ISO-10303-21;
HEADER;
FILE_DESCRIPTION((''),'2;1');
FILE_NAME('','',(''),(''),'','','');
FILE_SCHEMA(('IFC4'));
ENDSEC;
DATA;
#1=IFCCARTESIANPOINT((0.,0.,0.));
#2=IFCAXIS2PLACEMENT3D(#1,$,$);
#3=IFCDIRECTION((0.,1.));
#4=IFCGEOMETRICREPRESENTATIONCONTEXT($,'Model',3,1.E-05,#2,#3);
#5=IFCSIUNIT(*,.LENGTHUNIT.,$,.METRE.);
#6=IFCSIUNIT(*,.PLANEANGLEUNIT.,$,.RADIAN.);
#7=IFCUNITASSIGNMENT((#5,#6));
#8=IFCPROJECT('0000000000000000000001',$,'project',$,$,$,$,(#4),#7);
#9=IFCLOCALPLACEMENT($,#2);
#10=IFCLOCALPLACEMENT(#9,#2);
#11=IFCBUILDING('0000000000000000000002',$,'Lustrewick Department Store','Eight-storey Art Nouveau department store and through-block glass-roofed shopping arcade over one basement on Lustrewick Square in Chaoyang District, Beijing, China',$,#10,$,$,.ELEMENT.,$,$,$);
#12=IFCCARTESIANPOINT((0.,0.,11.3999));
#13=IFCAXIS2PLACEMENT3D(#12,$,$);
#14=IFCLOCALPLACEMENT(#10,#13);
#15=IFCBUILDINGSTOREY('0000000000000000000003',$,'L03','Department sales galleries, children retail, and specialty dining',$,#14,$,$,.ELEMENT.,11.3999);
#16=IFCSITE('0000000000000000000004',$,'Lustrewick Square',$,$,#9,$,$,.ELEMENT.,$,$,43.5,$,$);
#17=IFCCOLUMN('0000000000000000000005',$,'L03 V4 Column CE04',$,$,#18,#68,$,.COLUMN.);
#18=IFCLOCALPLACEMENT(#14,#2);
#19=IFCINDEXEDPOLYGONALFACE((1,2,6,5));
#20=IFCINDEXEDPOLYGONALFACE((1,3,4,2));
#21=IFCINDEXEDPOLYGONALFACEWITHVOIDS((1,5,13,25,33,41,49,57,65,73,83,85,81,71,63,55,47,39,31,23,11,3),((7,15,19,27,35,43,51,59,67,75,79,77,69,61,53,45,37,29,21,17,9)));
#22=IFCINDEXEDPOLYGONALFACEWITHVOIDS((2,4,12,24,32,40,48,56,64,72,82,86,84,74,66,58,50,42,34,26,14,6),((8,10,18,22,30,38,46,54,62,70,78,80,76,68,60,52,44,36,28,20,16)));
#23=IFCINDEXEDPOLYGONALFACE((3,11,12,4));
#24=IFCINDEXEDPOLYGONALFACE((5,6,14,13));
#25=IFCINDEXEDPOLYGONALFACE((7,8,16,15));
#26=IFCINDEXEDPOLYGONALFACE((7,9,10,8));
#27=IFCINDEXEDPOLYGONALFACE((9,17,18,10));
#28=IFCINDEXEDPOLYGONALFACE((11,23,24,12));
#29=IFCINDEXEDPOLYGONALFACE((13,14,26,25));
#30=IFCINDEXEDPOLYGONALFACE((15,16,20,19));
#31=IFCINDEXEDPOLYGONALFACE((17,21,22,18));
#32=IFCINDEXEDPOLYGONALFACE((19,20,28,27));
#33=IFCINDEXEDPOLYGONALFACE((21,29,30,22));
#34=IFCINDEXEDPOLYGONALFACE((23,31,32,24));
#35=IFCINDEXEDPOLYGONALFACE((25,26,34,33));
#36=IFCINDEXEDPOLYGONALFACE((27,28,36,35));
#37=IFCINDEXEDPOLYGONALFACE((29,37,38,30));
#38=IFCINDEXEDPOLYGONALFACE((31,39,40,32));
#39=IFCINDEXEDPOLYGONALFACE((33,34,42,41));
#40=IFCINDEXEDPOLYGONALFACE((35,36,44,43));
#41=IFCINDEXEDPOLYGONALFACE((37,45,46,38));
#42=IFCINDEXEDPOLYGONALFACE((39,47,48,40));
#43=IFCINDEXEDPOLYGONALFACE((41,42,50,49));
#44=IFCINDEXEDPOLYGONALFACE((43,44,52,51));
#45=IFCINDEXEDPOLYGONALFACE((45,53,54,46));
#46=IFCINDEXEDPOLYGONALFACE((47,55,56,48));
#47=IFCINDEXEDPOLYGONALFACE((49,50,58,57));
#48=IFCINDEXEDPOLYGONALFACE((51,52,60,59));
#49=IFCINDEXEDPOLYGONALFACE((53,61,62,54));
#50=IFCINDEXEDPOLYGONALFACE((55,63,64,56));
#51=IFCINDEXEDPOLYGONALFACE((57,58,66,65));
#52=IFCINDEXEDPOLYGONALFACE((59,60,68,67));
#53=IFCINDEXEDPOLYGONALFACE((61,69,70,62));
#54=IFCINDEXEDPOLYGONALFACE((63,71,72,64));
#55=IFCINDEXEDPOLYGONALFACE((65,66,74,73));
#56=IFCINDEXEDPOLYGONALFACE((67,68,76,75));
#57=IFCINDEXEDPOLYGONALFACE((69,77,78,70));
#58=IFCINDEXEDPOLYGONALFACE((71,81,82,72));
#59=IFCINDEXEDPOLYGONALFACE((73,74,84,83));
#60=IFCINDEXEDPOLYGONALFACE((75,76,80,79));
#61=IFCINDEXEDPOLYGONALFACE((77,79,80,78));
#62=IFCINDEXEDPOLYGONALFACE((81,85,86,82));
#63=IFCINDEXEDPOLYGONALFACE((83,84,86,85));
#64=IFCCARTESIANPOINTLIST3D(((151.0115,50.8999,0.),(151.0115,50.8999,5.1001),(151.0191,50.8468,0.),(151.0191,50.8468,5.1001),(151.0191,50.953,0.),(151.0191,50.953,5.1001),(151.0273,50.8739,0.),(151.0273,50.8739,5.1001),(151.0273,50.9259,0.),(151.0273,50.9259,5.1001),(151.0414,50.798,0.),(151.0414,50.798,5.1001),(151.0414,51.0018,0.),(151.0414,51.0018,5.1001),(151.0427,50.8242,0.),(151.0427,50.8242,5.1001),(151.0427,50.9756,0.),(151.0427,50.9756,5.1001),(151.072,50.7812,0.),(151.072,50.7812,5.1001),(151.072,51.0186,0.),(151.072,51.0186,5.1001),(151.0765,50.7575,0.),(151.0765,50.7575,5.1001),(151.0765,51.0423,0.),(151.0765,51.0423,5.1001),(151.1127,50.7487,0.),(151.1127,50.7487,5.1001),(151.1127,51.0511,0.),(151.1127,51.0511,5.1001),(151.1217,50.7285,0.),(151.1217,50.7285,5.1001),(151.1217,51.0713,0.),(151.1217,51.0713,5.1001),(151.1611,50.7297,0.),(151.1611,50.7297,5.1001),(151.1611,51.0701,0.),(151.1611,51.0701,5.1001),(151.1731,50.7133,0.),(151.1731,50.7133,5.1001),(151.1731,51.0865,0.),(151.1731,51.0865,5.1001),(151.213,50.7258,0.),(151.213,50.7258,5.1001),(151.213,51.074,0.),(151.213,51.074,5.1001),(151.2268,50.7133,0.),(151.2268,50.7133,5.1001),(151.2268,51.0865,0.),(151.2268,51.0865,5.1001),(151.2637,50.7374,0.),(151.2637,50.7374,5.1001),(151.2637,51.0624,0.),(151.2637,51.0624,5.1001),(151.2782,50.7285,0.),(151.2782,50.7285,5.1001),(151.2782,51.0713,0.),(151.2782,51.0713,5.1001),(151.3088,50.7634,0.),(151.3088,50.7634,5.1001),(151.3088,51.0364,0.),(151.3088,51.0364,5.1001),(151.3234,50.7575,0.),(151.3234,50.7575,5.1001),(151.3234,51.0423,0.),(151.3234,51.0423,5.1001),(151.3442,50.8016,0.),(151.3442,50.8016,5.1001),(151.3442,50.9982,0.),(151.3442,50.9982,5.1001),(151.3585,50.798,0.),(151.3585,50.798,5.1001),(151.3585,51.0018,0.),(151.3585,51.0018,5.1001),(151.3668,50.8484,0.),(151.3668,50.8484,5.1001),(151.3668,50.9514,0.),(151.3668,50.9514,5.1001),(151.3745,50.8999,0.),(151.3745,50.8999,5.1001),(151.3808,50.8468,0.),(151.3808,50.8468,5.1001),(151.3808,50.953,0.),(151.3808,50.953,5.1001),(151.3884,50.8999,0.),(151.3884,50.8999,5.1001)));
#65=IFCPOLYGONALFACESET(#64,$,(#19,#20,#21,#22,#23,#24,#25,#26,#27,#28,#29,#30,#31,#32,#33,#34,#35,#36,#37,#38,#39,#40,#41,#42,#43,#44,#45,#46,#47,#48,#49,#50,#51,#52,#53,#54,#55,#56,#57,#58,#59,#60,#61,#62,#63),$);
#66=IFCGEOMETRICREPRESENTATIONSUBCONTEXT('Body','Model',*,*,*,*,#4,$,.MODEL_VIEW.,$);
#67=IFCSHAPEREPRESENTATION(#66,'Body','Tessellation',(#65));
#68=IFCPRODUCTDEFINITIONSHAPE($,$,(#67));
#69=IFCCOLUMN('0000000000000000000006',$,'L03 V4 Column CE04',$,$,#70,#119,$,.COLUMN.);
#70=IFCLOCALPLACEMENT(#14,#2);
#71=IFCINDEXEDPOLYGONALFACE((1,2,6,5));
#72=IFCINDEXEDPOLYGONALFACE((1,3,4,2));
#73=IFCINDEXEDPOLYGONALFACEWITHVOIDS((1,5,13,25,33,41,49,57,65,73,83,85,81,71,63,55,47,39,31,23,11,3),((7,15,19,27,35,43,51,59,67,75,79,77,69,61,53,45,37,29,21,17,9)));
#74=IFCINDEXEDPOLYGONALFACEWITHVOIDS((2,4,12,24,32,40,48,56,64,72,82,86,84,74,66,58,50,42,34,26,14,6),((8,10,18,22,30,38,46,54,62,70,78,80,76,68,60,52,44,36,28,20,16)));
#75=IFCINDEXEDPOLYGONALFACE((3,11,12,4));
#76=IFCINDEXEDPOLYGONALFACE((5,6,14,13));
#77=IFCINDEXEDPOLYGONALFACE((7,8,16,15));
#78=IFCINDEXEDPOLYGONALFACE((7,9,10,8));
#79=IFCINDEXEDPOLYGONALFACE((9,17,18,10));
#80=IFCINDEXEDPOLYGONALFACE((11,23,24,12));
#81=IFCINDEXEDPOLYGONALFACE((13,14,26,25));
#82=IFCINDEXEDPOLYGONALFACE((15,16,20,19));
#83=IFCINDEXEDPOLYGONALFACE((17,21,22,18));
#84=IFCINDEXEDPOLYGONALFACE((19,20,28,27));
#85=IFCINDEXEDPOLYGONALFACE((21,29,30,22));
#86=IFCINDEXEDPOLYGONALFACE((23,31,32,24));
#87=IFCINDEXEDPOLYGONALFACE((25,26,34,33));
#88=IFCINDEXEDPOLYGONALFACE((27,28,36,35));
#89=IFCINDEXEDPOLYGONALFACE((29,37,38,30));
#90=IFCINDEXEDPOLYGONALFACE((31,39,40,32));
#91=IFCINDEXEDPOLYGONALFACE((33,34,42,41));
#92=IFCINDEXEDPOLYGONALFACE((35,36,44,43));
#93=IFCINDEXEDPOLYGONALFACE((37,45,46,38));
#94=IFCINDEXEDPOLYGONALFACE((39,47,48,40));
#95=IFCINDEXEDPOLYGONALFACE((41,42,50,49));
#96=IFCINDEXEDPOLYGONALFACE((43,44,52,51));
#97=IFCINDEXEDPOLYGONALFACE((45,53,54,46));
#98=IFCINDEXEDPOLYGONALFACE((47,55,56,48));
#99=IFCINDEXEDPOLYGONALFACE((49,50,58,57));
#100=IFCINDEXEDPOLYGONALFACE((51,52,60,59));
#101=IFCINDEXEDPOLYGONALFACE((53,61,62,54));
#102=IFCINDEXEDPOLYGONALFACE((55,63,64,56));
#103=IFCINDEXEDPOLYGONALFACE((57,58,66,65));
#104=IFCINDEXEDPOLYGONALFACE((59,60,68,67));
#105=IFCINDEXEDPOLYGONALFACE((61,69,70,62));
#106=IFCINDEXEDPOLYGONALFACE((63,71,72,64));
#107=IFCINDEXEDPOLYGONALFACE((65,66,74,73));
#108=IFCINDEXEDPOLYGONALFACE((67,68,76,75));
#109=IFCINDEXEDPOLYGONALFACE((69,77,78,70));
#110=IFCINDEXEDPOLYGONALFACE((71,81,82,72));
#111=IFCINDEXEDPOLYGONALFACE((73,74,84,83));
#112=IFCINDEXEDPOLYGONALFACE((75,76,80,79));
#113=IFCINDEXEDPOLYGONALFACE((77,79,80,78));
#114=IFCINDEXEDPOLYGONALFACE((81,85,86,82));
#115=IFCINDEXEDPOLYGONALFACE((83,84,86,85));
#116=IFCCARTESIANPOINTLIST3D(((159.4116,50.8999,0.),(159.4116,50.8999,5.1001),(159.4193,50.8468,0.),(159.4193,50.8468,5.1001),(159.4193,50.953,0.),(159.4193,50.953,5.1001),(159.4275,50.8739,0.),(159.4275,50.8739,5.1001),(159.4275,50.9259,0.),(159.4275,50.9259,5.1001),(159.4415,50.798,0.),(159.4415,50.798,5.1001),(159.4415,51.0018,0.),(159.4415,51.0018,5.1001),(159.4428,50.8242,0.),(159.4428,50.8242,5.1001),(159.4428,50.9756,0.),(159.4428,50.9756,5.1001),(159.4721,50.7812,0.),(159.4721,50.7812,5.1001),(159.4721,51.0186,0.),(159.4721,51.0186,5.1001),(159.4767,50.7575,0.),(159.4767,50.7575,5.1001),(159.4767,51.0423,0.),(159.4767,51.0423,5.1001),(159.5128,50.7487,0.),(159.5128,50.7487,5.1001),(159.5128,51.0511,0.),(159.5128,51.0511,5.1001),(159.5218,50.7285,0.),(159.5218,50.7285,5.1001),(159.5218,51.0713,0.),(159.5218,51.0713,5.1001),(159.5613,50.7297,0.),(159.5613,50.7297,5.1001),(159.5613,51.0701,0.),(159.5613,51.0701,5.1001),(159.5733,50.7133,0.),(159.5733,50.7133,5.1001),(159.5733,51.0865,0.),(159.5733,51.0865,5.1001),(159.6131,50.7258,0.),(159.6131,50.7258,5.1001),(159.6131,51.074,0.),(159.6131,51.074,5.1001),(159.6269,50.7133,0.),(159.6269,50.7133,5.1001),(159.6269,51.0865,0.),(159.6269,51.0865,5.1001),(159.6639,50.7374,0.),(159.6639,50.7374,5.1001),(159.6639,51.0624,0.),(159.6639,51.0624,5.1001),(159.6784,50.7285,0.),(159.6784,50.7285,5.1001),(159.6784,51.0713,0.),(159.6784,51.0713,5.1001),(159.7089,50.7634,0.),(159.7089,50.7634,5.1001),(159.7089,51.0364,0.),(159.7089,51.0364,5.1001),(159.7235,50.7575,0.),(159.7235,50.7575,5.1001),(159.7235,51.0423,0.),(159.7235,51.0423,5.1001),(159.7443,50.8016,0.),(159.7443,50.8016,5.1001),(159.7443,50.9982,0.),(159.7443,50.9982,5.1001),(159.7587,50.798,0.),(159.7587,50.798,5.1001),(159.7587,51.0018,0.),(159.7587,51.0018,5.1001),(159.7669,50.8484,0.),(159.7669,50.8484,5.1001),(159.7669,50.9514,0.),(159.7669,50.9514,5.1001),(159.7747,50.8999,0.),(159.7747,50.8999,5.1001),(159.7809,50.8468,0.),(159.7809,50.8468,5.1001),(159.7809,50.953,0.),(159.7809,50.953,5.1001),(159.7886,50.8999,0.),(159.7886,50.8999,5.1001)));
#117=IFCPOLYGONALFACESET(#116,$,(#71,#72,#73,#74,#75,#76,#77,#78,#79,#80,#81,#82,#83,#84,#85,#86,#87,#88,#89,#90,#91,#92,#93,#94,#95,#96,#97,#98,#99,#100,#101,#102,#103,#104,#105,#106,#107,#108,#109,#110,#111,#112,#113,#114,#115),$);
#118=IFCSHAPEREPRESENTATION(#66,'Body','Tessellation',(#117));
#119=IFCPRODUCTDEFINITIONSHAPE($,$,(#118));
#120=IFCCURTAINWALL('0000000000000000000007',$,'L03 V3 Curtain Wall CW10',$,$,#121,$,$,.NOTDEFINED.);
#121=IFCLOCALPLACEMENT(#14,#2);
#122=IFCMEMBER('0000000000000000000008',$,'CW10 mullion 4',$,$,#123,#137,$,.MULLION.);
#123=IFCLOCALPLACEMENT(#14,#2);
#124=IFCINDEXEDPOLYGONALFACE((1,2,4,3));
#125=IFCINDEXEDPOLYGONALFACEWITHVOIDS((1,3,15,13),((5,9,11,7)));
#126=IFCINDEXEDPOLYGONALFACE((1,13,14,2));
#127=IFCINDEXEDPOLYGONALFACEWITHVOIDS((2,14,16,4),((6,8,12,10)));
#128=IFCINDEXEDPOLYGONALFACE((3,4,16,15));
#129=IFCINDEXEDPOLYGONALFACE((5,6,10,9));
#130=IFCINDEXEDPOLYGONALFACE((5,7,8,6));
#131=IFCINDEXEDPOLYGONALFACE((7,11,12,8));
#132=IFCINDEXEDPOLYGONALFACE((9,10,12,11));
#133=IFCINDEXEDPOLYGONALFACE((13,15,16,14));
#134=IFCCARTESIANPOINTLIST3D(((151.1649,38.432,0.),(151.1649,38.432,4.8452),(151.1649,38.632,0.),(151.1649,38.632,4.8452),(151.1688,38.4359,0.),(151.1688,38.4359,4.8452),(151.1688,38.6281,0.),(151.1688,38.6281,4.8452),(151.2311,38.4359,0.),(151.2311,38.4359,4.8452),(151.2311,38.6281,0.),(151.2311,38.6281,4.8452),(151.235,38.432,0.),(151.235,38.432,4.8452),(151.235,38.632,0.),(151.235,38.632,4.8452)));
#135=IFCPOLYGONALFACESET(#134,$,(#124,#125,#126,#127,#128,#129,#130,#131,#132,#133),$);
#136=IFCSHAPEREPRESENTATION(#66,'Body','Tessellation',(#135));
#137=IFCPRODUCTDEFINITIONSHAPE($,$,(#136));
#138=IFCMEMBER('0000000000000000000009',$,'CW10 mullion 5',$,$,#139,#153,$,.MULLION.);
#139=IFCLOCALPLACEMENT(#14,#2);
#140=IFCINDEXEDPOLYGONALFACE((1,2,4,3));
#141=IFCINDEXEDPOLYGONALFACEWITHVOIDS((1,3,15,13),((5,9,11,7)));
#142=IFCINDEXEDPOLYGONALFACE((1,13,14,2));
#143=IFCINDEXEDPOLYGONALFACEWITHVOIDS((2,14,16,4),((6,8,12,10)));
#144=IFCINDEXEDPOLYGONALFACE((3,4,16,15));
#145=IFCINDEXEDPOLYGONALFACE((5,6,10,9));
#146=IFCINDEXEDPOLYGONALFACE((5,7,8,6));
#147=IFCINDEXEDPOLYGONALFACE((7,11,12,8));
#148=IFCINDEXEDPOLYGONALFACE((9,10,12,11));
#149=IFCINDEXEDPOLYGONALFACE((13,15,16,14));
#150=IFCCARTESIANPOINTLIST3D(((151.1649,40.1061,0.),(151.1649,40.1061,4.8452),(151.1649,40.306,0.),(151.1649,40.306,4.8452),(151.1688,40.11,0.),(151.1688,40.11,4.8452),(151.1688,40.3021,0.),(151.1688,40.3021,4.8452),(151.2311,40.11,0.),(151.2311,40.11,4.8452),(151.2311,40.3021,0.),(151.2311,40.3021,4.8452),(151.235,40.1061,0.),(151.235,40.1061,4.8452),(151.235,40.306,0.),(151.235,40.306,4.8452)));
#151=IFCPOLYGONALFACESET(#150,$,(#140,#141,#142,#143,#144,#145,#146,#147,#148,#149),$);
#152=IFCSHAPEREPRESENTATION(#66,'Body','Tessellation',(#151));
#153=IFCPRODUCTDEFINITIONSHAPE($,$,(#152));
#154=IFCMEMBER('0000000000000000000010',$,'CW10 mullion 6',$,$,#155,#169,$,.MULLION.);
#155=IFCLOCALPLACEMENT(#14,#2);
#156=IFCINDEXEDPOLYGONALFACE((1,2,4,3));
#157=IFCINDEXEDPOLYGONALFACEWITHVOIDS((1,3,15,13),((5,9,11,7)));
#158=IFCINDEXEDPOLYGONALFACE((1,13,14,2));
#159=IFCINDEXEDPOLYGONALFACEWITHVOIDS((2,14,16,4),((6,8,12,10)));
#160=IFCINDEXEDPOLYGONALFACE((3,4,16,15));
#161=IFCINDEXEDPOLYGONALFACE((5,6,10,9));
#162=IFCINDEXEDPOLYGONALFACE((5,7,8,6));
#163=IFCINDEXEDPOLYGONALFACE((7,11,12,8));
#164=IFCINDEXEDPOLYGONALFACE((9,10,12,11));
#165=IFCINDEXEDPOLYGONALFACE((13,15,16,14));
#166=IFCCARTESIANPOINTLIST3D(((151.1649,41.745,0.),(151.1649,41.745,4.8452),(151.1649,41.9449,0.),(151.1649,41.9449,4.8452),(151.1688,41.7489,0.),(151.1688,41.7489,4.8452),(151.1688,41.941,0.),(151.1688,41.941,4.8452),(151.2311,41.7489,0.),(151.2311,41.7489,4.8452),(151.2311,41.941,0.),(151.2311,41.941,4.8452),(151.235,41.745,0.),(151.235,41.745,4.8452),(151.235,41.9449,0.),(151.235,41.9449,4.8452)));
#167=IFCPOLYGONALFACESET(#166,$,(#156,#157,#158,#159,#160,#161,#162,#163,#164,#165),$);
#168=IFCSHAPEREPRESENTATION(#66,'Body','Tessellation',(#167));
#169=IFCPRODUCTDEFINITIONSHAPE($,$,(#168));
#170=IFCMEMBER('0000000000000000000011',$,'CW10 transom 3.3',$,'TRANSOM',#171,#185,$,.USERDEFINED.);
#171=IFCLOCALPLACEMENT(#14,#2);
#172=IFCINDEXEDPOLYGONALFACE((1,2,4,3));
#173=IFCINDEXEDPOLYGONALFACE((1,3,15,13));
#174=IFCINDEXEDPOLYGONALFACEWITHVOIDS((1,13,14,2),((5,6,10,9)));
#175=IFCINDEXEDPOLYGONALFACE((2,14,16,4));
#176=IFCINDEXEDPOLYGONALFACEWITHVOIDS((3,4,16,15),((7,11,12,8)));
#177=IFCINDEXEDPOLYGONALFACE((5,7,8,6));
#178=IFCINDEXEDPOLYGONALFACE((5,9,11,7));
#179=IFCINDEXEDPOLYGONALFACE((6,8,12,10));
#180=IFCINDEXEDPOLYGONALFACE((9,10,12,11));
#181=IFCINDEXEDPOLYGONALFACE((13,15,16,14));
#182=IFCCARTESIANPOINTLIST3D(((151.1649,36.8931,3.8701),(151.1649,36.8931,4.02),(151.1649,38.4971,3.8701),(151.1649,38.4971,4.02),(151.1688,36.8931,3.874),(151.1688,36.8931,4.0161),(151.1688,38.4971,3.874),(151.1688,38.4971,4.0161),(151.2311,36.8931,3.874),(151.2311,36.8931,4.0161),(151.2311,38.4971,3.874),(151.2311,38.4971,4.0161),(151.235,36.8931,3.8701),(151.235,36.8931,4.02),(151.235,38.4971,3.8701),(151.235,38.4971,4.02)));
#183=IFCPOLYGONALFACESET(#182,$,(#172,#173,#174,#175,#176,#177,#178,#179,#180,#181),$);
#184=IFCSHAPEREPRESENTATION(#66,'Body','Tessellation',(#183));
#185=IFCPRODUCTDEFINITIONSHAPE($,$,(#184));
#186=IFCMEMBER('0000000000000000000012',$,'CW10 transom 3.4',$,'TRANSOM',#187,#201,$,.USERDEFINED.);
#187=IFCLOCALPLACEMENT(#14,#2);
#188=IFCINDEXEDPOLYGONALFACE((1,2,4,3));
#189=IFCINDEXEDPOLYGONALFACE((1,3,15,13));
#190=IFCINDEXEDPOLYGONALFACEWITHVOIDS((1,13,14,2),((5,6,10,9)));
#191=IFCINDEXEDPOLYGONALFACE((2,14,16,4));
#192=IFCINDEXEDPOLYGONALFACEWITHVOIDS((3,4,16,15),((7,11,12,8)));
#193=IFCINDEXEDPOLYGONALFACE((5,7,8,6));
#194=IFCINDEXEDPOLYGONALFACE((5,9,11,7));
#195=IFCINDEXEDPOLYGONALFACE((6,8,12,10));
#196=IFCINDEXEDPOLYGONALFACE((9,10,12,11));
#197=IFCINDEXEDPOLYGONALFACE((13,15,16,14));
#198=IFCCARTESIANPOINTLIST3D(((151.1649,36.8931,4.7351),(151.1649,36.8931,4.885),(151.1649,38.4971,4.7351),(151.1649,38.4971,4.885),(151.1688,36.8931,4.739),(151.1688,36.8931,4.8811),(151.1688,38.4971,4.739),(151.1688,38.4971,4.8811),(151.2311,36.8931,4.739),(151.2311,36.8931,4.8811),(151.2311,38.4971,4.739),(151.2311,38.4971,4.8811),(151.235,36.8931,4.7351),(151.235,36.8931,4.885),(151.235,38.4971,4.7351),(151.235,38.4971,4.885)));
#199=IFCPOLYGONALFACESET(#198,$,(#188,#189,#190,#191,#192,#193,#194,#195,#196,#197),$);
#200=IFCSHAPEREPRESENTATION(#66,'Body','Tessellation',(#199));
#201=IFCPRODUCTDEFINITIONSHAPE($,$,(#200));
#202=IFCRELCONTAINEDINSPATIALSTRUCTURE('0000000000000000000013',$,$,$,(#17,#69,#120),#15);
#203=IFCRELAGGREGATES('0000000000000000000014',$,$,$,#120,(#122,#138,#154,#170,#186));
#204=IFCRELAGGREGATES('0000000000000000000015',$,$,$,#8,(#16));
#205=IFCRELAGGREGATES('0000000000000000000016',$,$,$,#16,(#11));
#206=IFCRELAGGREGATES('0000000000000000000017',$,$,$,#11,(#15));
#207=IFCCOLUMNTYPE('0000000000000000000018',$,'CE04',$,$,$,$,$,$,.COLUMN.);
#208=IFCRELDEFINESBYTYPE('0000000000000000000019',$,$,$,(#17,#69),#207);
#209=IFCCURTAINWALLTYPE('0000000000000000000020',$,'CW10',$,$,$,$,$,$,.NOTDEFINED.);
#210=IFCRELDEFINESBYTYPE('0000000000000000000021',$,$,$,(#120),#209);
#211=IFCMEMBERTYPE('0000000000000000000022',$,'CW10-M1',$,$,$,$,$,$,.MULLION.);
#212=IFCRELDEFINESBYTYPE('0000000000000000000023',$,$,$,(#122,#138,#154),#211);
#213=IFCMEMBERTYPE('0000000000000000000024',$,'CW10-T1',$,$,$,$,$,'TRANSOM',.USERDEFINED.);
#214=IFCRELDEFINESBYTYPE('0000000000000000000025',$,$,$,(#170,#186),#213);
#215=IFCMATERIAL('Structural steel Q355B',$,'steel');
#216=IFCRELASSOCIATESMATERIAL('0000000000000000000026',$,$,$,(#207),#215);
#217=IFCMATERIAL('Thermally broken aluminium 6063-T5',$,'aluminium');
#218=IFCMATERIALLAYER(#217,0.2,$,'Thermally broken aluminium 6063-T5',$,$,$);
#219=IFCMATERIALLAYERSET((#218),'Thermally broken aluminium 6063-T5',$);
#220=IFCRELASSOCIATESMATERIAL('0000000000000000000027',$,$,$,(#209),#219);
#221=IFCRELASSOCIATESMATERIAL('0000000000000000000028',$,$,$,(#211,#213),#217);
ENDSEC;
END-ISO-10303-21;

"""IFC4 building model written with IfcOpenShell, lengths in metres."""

from ifc_helpers import new_model, si_unit, direction, frame, origin, origin_2d, place, context, subcontext, project, spatial, hollow_rectangle, hollow_circle, extrude, material, layer, layer_set, material_profile, profile_set, type_object, element, aggregate, save


model = new_model("IFC4")

# Units and contexts
model_context = context("Model", 3, precision=1e-05, world=origin(), true_north=direction((0.0, 1.0)))
body_context = subcontext(model_context, "Body", "Model", "MODEL_VIEW")
ifc_project = project(units=[si_unit("LENGTHUNIT", "METRE"), si_unit("PLANEANGLEUNIT", "RADIAN")], contexts=[model_context])

# Site, building, storey
site_placement = place(None, origin())
site = spatial("IfcSite", under=ifc_project, at=site_placement, Name="Lustrewick Square", CompositionType="ELEMENT", RefElevation=43.5)
building_placement = place(site_placement, origin())
building = spatial("IfcBuilding", under=site, at=building_placement, Name="Lustrewick Department Store", Description="Eight-storey Art Nouveau department store and through-block glass-roofed shopping arcade over one basement on Lustrewick Square in Chaoyang District, Beijing, China", CompositionType="ELEMENT")
storey_placement = place(building_placement, frame((0.0, 0.0, 11.3999)))
storey = spatial("IfcBuildingStorey", under=building, at=storey_placement, Name="L03", Description="Department sales galleries, children retail, and specialty dining", CompositionType="ELEMENT", Elevation=11.3999)

# Columns
ifc_material_1 = material(Name="Structural steel Q355B", Category="steel")
ifc_material_profile_1 = material_profile(ifc_material_1, hollow_circle(Radius=0.1885, WallThickness=0.0139, at=origin_2d()), Name="CHS 377x14")
ifc_profile_set_1 = profile_set([ifc_material_profile_1], Name="Structural steel Q355B")
column_type = type_object("IfcColumnType", Name="CE04", PredefinedType="COLUMN", material=ifc_profile_set_1)
for number, where, z_axis, x_axis, name in (
    (1, (151.2, 50.8999, 0.0), (0.0, 0.0, 1.0), (1.0, 0.0, 0.0), "L03 V4 Column CE04"),
    (2, (159.6001, 50.8999, 0.0), (0.0, 0.0, 1.0), (1.0, 0.0, 0.0), "L03 V4 Column CE04"),
):
    element("IfcColumn", number, at=place(storey_placement, frame(where, z_axis=z_axis, x_axis=x_axis)), inside=storey, type_object=column_type, Name=name, PredefinedType="COLUMN", context=body_context, shape_type="SweptSolid", body=[
        extrude(hollow_circle(Radius=0.1885, WallThickness=0.0139, at=origin_2d()), origin(), (0.0, 0.0, 1.0), 5.1001),
    ])

# Curtain wall, members
ifc_material_2 = material(Name="Thermally broken aluminium 6063-T5", Category="aluminium")
ifc_layer_1 = layer(ifc_material_2, 0.2, Name="Thermally broken aluminium 6063-T5")
ifc_layer_set_1 = layer_set([ifc_layer_1], Name="Thermally broken aluminium 6063-T5")
curtain_wall_type = type_object("IfcCurtainWallType", Name="CW10", PredefinedType="NOTDEFINED", material=ifc_layer_set_1)
curtain_wall_placement = place(storey_placement, origin())
curtain_wall = element("IfcCurtainWall", 3, at=curtain_wall_placement, inside=storey, type_object=curtain_wall_type, Name="L03 V3 Curtain Wall CW10", PredefinedType="NOTDEFINED")
ifc_material_profile_2 = material_profile(ifc_material_2, hollow_rectangle(XDim=0.0701, YDim=0.2, WallThickness=0.0039, at=origin_2d()), Name="ALU-M 70x200x4")
ifc_profile_set_2 = profile_set([ifc_material_profile_2], Name="Thermally broken aluminium 6063-T5")
member_type_1 = type_object("IfcMemberType", Name="CW10-M1", PredefinedType="MULLION", material=ifc_profile_set_2)
member_1_placement = place(storey_placement, frame((151.2, 38.532, 0.0), z_axis=(0.0, 0.0, 1.0), x_axis=(-1.0, 0.0, 0.0)))
member_1 = element("IfcMember", 4, at=member_1_placement, type_object=member_type_1, Name="CW10 mullion 4", PredefinedType="MULLION", context=body_context, shape_type="SweptSolid", body=[
    extrude(hollow_rectangle(XDim=0.0701, YDim=0.2, WallThickness=0.0039, at=origin_2d()), origin(), (0.0, 0.0, 1.0), 4.8452),
])
member_2_placement = place(storey_placement, frame((151.2, 40.2061, 0.0), z_axis=(0.0, 0.0, 1.0), x_axis=(-1.0, 0.0, 0.0)))
member_2 = element("IfcMember", 5, at=member_2_placement, type_object=member_type_1, Name="CW10 mullion 5", PredefinedType="MULLION", context=body_context, shape_type="SweptSolid", body=[
    extrude(hollow_rectangle(XDim=0.0701, YDim=0.2, WallThickness=0.0039, at=origin_2d()), origin(), (0.0, 0.0, 1.0), 4.8452),
])
member_3_placement = place(storey_placement, frame((151.2, 41.845, 0.0), z_axis=(0.0, 0.0, 1.0), x_axis=(-1.0, 0.0, 0.0)))
member_3 = element("IfcMember", 6, at=member_3_placement, type_object=member_type_1, Name="CW10 mullion 6", PredefinedType="MULLION", context=body_context, shape_type="SweptSolid", body=[
    extrude(hollow_rectangle(XDim=0.0701, YDim=0.2, WallThickness=0.0039, at=origin_2d()), origin(), (0.0, 0.0, 1.0), 4.8452),
])
ifc_material_profile_3 = material_profile(ifc_material_2, hollow_rectangle(XDim=0.0701, YDim=0.1499, WallThickness=0.0039, at=origin_2d()), Name="ALU-T 70x150x4")
ifc_profile_set_3 = profile_set([ifc_material_profile_3], Name="Thermally broken aluminium 6063-T5")
member_type_2 = type_object("IfcMemberType", Name="CW10-T1", ElementType="TRANSOM", PredefinedType="USERDEFINED", material=ifc_profile_set_3)
member_4_placement = place(storey_placement, frame((151.2, 36.8931, 3.9451), z_axis=(0.0, 1.0, 0.0), x_axis=(-1.0, 0.0, 0.0)))
member_4 = element("IfcMember", 7, at=member_4_placement, type_object=member_type_2, Name="CW10 transom 3.3", ObjectType="TRANSOM", PredefinedType="USERDEFINED", context=body_context, shape_type="SweptSolid", body=[
    extrude(hollow_rectangle(XDim=0.0701, YDim=0.1499, WallThickness=0.0039, at=origin_2d()), origin(), (0.0, 0.0, 1.0), 1.604),
])
member_5_placement = place(storey_placement, frame((151.2, 36.8931, 4.8101), z_axis=(0.0, 1.0, 0.0), x_axis=(-1.0, 0.0, 0.0)))
member_5 = element("IfcMember", 8, at=member_5_placement, type_object=member_type_2, Name="CW10 transom 3.4", ObjectType="TRANSOM", PredefinedType="USERDEFINED", context=body_context, shape_type="SweptSolid", body=[
    extrude(hollow_rectangle(XDim=0.0701, YDim=0.1499, WallThickness=0.0039, at=origin_2d()), origin(), (0.0, 0.0, 1.0), 1.604),
])

aggregate(curtain_wall, [member_1, member_2, member_3, member_4, member_5])

save(model, "model.ifc")
